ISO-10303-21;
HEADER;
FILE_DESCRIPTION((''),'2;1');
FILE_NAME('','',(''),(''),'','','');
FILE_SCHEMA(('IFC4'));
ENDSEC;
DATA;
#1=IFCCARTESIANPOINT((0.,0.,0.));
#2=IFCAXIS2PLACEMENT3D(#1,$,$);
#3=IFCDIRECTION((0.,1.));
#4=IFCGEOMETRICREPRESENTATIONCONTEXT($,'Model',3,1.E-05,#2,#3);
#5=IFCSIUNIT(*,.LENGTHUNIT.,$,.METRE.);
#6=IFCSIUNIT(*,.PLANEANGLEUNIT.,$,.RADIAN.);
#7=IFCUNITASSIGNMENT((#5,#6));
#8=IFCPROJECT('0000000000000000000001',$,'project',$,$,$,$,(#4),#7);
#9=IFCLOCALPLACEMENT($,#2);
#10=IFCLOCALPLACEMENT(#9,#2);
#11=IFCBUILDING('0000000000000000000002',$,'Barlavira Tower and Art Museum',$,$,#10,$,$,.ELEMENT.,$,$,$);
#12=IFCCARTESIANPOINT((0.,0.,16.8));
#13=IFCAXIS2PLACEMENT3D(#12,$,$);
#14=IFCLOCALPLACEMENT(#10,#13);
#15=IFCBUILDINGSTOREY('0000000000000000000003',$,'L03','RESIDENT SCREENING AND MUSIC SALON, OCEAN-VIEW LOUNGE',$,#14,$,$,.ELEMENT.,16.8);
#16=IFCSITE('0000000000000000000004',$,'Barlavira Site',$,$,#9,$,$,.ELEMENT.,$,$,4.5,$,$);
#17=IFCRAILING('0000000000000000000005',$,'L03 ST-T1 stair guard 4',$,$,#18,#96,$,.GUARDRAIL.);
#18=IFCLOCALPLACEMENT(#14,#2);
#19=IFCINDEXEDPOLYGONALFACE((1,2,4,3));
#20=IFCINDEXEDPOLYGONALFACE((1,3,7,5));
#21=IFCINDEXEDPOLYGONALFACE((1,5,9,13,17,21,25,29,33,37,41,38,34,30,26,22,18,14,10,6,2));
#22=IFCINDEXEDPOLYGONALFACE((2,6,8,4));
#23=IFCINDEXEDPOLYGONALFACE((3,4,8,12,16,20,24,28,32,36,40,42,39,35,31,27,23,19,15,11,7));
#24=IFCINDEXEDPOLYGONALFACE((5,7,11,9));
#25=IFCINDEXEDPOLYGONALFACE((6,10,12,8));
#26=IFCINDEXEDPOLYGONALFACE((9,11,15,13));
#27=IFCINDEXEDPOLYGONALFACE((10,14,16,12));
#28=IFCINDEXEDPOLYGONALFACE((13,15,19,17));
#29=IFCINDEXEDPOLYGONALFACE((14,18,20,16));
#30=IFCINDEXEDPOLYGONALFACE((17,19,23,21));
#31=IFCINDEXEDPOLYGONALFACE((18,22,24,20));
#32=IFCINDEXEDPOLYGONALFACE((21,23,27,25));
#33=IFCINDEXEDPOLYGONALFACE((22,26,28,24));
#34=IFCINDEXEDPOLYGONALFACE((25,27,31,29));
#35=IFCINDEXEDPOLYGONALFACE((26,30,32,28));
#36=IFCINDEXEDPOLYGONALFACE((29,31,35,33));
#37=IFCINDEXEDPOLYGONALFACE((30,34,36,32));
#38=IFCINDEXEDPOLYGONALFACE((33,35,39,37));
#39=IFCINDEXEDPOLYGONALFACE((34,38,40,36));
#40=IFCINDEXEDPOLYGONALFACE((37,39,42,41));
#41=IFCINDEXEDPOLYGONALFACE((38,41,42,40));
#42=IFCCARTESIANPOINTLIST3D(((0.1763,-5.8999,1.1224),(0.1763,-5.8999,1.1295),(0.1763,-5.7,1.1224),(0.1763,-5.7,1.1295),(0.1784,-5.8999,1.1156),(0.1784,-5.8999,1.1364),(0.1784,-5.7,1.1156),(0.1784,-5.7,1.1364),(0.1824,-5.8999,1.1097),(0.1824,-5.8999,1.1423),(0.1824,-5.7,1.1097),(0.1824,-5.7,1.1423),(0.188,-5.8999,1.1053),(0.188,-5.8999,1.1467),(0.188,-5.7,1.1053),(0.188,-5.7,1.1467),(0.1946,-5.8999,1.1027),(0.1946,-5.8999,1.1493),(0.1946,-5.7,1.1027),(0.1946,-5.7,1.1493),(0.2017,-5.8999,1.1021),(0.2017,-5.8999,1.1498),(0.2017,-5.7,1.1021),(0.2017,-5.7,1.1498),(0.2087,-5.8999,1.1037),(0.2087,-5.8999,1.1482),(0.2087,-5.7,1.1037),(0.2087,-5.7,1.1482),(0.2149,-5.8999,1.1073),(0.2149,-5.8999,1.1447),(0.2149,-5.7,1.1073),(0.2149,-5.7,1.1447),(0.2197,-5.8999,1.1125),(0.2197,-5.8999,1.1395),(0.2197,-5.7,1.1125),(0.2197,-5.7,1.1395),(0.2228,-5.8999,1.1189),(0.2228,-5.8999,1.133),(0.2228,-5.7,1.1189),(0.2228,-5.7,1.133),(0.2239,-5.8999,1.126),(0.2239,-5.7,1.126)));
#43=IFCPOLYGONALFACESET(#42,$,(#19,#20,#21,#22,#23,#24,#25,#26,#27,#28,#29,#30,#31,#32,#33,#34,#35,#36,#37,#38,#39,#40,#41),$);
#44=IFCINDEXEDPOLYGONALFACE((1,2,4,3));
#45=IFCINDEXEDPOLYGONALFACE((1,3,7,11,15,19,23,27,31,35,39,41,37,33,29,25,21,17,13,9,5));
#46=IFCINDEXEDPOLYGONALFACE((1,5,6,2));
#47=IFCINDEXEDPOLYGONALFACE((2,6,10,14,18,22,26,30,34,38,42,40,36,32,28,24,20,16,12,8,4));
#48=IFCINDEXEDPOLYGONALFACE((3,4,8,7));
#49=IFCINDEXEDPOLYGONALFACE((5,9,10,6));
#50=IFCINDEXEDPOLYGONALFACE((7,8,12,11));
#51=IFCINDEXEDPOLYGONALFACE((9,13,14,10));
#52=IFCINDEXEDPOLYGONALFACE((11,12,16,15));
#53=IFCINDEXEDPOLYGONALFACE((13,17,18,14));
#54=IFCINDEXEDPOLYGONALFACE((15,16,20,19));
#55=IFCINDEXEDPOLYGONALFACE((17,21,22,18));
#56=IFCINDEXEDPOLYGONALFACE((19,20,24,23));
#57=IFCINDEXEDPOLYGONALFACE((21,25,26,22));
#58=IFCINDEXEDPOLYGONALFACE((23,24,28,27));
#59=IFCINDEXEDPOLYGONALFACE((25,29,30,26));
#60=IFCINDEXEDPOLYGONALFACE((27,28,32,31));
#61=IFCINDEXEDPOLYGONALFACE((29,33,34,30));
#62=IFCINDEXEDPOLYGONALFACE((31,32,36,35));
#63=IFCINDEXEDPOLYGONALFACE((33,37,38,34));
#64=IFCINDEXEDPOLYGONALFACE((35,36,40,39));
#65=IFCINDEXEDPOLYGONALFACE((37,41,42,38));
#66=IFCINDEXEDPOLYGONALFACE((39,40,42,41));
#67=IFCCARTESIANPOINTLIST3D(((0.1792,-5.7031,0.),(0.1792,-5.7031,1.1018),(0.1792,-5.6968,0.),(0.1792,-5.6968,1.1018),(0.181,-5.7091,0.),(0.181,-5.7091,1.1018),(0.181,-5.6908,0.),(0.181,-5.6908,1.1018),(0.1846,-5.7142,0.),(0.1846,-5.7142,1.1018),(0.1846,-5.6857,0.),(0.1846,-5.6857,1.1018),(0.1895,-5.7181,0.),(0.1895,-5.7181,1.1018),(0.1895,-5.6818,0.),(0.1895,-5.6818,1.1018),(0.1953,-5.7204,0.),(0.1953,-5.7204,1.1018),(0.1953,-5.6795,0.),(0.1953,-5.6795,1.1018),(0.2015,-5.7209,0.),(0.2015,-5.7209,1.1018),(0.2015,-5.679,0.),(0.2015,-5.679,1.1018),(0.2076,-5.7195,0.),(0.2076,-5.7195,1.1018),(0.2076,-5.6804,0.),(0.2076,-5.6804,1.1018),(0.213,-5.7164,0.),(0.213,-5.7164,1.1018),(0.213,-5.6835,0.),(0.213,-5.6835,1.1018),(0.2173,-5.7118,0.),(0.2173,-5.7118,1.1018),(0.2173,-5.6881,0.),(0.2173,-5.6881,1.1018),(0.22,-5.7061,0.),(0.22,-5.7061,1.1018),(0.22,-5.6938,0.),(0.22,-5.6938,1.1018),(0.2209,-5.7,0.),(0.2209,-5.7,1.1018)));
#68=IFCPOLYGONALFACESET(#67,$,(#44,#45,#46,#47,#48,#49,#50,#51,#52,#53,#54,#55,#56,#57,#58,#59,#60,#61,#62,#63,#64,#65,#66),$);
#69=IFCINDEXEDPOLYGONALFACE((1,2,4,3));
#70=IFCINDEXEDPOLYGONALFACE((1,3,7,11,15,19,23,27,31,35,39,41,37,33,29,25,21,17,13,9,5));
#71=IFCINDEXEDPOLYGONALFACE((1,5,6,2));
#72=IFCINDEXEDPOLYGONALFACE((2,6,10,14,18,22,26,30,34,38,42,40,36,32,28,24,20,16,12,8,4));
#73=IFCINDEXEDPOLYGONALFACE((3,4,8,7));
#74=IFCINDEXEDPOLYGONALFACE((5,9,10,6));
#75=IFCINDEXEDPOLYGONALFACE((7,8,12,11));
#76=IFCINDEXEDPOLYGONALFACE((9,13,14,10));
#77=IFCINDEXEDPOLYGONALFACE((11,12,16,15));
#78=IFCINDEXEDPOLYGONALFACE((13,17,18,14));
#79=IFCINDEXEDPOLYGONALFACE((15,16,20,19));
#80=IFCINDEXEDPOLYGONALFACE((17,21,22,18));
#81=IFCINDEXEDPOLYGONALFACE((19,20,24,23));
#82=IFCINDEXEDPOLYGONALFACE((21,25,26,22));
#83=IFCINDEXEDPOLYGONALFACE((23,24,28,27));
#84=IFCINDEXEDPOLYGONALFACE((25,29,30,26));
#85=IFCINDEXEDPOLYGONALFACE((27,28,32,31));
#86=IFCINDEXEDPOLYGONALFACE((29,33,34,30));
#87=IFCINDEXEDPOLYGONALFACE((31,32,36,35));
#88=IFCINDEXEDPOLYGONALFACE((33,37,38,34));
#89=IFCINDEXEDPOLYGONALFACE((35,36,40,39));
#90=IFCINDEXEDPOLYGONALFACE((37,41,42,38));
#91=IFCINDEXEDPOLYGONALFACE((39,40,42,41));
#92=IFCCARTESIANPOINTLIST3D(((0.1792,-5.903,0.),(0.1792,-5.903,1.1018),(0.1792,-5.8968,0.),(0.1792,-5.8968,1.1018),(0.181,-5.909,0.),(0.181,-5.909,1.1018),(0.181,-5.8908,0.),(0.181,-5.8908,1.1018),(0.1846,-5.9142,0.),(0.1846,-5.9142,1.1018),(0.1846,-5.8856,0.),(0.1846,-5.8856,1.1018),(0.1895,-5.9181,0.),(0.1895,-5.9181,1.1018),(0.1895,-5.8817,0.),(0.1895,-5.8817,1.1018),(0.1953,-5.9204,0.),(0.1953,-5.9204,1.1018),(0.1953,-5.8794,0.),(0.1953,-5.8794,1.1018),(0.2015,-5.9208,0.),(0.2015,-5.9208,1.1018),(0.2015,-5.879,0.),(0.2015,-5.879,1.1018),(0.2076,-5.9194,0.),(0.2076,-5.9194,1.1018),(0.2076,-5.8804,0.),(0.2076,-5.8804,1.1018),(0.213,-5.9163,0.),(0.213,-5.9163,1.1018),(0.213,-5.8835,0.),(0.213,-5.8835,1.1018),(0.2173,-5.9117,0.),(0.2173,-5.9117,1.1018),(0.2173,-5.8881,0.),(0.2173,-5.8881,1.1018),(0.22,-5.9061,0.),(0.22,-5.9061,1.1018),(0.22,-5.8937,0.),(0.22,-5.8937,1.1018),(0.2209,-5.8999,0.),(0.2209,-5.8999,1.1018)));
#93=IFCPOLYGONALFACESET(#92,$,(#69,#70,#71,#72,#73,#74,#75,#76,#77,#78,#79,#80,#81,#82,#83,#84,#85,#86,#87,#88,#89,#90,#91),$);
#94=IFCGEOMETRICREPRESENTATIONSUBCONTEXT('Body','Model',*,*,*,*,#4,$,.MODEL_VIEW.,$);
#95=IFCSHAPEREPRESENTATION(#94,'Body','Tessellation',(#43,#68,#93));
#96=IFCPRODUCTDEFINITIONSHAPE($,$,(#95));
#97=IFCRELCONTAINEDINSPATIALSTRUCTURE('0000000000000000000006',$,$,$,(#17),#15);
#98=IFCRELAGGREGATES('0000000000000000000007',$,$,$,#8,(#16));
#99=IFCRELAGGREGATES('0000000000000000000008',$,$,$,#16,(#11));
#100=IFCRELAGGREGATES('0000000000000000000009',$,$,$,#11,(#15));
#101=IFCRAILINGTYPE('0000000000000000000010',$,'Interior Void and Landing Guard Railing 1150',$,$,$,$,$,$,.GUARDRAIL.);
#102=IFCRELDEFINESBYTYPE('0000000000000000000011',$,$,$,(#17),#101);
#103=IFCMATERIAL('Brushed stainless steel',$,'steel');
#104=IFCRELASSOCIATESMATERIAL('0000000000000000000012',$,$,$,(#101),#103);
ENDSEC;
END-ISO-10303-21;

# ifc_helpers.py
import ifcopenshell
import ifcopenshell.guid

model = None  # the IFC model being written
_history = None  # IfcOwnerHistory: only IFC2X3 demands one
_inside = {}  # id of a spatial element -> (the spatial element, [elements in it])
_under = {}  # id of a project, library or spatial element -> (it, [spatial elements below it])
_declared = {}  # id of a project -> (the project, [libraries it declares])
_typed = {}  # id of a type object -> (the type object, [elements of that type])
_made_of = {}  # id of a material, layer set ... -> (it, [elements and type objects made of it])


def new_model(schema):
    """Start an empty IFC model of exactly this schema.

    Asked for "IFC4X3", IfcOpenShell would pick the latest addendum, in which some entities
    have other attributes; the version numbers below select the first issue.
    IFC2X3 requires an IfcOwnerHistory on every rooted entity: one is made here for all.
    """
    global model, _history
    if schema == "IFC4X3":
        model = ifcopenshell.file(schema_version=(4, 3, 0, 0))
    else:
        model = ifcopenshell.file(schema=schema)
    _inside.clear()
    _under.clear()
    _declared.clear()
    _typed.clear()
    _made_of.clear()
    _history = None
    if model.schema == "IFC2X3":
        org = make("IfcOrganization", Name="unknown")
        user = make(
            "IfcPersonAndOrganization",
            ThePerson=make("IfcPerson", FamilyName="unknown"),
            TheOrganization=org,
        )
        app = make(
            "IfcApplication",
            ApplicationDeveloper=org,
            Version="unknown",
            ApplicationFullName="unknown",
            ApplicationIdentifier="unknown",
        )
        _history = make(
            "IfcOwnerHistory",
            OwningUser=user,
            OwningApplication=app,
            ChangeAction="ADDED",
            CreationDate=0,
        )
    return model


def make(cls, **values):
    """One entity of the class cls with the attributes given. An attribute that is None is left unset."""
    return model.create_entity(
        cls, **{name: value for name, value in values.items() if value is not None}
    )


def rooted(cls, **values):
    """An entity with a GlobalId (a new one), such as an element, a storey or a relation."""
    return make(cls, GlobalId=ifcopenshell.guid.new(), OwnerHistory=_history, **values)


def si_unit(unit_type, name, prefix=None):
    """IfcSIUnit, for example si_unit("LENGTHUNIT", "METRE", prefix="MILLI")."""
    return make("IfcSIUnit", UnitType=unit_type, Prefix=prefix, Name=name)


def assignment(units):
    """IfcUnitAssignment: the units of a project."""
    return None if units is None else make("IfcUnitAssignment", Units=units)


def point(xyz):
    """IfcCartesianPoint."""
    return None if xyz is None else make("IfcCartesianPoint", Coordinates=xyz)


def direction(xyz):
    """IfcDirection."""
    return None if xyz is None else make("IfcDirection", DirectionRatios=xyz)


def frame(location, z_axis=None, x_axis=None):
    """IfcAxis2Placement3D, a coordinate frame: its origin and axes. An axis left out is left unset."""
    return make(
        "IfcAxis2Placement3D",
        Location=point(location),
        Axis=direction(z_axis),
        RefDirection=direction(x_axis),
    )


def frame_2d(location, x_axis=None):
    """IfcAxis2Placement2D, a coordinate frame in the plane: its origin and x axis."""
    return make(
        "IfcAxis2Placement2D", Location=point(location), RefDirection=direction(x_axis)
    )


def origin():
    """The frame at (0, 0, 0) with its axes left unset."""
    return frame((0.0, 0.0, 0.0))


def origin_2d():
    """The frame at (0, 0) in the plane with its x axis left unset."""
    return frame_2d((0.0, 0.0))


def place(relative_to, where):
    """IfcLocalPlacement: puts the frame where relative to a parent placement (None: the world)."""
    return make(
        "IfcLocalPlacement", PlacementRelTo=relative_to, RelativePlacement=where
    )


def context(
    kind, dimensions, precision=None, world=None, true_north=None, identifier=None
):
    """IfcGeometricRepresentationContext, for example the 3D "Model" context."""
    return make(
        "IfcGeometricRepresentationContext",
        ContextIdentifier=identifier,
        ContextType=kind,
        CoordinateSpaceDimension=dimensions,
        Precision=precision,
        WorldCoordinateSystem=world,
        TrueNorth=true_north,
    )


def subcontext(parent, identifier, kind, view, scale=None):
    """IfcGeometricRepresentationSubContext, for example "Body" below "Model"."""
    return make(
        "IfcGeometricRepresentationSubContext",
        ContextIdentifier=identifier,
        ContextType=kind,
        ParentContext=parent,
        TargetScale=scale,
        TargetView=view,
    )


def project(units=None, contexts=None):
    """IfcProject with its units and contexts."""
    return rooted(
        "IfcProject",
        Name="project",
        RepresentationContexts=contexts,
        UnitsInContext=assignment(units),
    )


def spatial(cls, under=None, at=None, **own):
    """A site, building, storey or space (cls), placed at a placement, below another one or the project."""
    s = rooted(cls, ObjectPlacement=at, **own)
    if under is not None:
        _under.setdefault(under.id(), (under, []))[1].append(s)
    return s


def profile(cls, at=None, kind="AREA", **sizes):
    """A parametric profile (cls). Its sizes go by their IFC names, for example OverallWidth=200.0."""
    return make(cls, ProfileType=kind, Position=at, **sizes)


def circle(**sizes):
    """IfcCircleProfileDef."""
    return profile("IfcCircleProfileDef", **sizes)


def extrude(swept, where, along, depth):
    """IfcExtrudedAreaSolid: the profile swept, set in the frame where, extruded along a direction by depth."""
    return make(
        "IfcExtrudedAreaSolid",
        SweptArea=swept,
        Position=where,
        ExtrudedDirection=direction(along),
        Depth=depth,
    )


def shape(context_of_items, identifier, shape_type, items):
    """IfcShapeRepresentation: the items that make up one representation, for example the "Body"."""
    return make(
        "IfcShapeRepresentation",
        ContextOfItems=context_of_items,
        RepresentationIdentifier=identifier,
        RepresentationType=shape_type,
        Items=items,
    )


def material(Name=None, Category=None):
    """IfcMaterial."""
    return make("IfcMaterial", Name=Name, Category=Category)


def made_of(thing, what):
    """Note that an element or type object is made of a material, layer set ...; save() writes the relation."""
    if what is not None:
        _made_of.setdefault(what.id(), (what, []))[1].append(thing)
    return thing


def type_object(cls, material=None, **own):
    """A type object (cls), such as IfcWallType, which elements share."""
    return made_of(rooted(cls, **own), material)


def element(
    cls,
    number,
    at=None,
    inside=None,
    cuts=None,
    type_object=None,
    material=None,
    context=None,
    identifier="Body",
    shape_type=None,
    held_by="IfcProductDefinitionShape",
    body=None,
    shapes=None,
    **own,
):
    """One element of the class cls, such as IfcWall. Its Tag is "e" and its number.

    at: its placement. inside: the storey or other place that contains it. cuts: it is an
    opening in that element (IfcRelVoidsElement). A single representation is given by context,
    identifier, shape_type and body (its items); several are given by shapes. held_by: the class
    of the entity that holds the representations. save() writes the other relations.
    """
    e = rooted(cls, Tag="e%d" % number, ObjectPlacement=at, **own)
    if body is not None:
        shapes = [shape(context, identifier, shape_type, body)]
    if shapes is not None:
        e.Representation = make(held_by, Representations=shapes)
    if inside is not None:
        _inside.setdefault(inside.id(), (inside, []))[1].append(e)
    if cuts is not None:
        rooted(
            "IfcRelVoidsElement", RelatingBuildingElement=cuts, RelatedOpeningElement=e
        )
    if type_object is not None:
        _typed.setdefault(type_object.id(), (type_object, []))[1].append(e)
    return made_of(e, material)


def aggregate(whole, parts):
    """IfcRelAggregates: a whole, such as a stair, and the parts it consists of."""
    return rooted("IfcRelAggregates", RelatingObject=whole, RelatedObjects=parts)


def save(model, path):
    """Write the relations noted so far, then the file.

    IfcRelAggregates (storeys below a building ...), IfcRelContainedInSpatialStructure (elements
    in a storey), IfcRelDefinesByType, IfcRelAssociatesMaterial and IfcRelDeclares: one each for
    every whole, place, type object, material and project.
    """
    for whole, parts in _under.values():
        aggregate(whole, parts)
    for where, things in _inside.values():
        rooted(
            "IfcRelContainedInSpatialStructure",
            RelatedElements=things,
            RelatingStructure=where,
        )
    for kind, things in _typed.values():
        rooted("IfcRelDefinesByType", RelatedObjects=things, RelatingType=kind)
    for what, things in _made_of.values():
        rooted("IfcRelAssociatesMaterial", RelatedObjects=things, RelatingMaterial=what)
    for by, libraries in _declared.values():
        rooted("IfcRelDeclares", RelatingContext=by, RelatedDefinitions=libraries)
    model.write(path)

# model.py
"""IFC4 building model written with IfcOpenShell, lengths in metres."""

from ifc_helpers import new_model, si_unit, direction, frame, origin, origin_2d, place, context, subcontext, project, spatial, circle, extrude, material, type_object, element, save


model = new_model("IFC4")

# Units and contexts
model_context = context("Model", 3, precision=1e-05, world=origin(), true_north=direction((0.0, 1.0)))
body_context = subcontext(model_context, "Body", "Model", "MODEL_VIEW")
ifc_project = project(units=[si_unit("LENGTHUNIT", "METRE"), si_unit("PLANEANGLEUNIT", "RADIAN")], contexts=[model_context])

# Site, building, storey
site_placement = place(None, origin())
site = spatial("IfcSite", under=ifc_project, at=site_placement, Name="Barlavira Site", CompositionType="ELEMENT", RefElevation=4.5)
building_placement = place(site_placement, origin())
building = spatial("IfcBuilding", under=site, at=building_placement, Name="Barlavira Tower and Art Museum", CompositionType="ELEMENT")
storey_placement = place(building_placement, frame((0.0, 0.0, 16.8)))
storey = spatial("IfcBuildingStorey", under=building, at=storey_placement, Name="L03", Description="RESIDENT SCREENING AND MUSIC SALON, OCEAN-VIEW LOUNGE", CompositionType="ELEMENT", Elevation=16.8)

# Shared definitions
ifc_material_1 = material(Name="Brushed stainless steel", Category="steel")

# Railing
railing_type_1 = type_object("IfcRailingType", Name="Interior Void and Landing Guard Railing 1150", PredefinedType="GUARDRAIL", material=ifc_material_1)
railing_1_placement = place(storey_placement, frame((0.2, -5.7, 0.0)))
element("IfcRailing", 1, at=railing_1_placement, inside=storey, type_object=railing_type_1, Name="L03 ST-T1 stair guard 4", PredefinedType="GUARDRAIL", context=body_context, shape_type="SweptSolid", body=[
    extrude(circle(Radius=0.0239, at=origin_2d()), frame((0.0, 0.0, 1.126), z_axis=(0.0, -1.0, 0.0), x_axis=(1.0, 0.0, 0.0)), (0.0, 0.0, 1.0), 0.2),
    extrude(circle(Radius=0.021, at=origin_2d()), origin(), (0.0, 0.0, 1.0), 1.1018),
    extrude(circle(Radius=0.021, at=origin_2d()), frame((0.0, -0.2, 0.0)), (0.0, 0.0, 1.0), 1.1018),
])

save(model, "model.ifc")
